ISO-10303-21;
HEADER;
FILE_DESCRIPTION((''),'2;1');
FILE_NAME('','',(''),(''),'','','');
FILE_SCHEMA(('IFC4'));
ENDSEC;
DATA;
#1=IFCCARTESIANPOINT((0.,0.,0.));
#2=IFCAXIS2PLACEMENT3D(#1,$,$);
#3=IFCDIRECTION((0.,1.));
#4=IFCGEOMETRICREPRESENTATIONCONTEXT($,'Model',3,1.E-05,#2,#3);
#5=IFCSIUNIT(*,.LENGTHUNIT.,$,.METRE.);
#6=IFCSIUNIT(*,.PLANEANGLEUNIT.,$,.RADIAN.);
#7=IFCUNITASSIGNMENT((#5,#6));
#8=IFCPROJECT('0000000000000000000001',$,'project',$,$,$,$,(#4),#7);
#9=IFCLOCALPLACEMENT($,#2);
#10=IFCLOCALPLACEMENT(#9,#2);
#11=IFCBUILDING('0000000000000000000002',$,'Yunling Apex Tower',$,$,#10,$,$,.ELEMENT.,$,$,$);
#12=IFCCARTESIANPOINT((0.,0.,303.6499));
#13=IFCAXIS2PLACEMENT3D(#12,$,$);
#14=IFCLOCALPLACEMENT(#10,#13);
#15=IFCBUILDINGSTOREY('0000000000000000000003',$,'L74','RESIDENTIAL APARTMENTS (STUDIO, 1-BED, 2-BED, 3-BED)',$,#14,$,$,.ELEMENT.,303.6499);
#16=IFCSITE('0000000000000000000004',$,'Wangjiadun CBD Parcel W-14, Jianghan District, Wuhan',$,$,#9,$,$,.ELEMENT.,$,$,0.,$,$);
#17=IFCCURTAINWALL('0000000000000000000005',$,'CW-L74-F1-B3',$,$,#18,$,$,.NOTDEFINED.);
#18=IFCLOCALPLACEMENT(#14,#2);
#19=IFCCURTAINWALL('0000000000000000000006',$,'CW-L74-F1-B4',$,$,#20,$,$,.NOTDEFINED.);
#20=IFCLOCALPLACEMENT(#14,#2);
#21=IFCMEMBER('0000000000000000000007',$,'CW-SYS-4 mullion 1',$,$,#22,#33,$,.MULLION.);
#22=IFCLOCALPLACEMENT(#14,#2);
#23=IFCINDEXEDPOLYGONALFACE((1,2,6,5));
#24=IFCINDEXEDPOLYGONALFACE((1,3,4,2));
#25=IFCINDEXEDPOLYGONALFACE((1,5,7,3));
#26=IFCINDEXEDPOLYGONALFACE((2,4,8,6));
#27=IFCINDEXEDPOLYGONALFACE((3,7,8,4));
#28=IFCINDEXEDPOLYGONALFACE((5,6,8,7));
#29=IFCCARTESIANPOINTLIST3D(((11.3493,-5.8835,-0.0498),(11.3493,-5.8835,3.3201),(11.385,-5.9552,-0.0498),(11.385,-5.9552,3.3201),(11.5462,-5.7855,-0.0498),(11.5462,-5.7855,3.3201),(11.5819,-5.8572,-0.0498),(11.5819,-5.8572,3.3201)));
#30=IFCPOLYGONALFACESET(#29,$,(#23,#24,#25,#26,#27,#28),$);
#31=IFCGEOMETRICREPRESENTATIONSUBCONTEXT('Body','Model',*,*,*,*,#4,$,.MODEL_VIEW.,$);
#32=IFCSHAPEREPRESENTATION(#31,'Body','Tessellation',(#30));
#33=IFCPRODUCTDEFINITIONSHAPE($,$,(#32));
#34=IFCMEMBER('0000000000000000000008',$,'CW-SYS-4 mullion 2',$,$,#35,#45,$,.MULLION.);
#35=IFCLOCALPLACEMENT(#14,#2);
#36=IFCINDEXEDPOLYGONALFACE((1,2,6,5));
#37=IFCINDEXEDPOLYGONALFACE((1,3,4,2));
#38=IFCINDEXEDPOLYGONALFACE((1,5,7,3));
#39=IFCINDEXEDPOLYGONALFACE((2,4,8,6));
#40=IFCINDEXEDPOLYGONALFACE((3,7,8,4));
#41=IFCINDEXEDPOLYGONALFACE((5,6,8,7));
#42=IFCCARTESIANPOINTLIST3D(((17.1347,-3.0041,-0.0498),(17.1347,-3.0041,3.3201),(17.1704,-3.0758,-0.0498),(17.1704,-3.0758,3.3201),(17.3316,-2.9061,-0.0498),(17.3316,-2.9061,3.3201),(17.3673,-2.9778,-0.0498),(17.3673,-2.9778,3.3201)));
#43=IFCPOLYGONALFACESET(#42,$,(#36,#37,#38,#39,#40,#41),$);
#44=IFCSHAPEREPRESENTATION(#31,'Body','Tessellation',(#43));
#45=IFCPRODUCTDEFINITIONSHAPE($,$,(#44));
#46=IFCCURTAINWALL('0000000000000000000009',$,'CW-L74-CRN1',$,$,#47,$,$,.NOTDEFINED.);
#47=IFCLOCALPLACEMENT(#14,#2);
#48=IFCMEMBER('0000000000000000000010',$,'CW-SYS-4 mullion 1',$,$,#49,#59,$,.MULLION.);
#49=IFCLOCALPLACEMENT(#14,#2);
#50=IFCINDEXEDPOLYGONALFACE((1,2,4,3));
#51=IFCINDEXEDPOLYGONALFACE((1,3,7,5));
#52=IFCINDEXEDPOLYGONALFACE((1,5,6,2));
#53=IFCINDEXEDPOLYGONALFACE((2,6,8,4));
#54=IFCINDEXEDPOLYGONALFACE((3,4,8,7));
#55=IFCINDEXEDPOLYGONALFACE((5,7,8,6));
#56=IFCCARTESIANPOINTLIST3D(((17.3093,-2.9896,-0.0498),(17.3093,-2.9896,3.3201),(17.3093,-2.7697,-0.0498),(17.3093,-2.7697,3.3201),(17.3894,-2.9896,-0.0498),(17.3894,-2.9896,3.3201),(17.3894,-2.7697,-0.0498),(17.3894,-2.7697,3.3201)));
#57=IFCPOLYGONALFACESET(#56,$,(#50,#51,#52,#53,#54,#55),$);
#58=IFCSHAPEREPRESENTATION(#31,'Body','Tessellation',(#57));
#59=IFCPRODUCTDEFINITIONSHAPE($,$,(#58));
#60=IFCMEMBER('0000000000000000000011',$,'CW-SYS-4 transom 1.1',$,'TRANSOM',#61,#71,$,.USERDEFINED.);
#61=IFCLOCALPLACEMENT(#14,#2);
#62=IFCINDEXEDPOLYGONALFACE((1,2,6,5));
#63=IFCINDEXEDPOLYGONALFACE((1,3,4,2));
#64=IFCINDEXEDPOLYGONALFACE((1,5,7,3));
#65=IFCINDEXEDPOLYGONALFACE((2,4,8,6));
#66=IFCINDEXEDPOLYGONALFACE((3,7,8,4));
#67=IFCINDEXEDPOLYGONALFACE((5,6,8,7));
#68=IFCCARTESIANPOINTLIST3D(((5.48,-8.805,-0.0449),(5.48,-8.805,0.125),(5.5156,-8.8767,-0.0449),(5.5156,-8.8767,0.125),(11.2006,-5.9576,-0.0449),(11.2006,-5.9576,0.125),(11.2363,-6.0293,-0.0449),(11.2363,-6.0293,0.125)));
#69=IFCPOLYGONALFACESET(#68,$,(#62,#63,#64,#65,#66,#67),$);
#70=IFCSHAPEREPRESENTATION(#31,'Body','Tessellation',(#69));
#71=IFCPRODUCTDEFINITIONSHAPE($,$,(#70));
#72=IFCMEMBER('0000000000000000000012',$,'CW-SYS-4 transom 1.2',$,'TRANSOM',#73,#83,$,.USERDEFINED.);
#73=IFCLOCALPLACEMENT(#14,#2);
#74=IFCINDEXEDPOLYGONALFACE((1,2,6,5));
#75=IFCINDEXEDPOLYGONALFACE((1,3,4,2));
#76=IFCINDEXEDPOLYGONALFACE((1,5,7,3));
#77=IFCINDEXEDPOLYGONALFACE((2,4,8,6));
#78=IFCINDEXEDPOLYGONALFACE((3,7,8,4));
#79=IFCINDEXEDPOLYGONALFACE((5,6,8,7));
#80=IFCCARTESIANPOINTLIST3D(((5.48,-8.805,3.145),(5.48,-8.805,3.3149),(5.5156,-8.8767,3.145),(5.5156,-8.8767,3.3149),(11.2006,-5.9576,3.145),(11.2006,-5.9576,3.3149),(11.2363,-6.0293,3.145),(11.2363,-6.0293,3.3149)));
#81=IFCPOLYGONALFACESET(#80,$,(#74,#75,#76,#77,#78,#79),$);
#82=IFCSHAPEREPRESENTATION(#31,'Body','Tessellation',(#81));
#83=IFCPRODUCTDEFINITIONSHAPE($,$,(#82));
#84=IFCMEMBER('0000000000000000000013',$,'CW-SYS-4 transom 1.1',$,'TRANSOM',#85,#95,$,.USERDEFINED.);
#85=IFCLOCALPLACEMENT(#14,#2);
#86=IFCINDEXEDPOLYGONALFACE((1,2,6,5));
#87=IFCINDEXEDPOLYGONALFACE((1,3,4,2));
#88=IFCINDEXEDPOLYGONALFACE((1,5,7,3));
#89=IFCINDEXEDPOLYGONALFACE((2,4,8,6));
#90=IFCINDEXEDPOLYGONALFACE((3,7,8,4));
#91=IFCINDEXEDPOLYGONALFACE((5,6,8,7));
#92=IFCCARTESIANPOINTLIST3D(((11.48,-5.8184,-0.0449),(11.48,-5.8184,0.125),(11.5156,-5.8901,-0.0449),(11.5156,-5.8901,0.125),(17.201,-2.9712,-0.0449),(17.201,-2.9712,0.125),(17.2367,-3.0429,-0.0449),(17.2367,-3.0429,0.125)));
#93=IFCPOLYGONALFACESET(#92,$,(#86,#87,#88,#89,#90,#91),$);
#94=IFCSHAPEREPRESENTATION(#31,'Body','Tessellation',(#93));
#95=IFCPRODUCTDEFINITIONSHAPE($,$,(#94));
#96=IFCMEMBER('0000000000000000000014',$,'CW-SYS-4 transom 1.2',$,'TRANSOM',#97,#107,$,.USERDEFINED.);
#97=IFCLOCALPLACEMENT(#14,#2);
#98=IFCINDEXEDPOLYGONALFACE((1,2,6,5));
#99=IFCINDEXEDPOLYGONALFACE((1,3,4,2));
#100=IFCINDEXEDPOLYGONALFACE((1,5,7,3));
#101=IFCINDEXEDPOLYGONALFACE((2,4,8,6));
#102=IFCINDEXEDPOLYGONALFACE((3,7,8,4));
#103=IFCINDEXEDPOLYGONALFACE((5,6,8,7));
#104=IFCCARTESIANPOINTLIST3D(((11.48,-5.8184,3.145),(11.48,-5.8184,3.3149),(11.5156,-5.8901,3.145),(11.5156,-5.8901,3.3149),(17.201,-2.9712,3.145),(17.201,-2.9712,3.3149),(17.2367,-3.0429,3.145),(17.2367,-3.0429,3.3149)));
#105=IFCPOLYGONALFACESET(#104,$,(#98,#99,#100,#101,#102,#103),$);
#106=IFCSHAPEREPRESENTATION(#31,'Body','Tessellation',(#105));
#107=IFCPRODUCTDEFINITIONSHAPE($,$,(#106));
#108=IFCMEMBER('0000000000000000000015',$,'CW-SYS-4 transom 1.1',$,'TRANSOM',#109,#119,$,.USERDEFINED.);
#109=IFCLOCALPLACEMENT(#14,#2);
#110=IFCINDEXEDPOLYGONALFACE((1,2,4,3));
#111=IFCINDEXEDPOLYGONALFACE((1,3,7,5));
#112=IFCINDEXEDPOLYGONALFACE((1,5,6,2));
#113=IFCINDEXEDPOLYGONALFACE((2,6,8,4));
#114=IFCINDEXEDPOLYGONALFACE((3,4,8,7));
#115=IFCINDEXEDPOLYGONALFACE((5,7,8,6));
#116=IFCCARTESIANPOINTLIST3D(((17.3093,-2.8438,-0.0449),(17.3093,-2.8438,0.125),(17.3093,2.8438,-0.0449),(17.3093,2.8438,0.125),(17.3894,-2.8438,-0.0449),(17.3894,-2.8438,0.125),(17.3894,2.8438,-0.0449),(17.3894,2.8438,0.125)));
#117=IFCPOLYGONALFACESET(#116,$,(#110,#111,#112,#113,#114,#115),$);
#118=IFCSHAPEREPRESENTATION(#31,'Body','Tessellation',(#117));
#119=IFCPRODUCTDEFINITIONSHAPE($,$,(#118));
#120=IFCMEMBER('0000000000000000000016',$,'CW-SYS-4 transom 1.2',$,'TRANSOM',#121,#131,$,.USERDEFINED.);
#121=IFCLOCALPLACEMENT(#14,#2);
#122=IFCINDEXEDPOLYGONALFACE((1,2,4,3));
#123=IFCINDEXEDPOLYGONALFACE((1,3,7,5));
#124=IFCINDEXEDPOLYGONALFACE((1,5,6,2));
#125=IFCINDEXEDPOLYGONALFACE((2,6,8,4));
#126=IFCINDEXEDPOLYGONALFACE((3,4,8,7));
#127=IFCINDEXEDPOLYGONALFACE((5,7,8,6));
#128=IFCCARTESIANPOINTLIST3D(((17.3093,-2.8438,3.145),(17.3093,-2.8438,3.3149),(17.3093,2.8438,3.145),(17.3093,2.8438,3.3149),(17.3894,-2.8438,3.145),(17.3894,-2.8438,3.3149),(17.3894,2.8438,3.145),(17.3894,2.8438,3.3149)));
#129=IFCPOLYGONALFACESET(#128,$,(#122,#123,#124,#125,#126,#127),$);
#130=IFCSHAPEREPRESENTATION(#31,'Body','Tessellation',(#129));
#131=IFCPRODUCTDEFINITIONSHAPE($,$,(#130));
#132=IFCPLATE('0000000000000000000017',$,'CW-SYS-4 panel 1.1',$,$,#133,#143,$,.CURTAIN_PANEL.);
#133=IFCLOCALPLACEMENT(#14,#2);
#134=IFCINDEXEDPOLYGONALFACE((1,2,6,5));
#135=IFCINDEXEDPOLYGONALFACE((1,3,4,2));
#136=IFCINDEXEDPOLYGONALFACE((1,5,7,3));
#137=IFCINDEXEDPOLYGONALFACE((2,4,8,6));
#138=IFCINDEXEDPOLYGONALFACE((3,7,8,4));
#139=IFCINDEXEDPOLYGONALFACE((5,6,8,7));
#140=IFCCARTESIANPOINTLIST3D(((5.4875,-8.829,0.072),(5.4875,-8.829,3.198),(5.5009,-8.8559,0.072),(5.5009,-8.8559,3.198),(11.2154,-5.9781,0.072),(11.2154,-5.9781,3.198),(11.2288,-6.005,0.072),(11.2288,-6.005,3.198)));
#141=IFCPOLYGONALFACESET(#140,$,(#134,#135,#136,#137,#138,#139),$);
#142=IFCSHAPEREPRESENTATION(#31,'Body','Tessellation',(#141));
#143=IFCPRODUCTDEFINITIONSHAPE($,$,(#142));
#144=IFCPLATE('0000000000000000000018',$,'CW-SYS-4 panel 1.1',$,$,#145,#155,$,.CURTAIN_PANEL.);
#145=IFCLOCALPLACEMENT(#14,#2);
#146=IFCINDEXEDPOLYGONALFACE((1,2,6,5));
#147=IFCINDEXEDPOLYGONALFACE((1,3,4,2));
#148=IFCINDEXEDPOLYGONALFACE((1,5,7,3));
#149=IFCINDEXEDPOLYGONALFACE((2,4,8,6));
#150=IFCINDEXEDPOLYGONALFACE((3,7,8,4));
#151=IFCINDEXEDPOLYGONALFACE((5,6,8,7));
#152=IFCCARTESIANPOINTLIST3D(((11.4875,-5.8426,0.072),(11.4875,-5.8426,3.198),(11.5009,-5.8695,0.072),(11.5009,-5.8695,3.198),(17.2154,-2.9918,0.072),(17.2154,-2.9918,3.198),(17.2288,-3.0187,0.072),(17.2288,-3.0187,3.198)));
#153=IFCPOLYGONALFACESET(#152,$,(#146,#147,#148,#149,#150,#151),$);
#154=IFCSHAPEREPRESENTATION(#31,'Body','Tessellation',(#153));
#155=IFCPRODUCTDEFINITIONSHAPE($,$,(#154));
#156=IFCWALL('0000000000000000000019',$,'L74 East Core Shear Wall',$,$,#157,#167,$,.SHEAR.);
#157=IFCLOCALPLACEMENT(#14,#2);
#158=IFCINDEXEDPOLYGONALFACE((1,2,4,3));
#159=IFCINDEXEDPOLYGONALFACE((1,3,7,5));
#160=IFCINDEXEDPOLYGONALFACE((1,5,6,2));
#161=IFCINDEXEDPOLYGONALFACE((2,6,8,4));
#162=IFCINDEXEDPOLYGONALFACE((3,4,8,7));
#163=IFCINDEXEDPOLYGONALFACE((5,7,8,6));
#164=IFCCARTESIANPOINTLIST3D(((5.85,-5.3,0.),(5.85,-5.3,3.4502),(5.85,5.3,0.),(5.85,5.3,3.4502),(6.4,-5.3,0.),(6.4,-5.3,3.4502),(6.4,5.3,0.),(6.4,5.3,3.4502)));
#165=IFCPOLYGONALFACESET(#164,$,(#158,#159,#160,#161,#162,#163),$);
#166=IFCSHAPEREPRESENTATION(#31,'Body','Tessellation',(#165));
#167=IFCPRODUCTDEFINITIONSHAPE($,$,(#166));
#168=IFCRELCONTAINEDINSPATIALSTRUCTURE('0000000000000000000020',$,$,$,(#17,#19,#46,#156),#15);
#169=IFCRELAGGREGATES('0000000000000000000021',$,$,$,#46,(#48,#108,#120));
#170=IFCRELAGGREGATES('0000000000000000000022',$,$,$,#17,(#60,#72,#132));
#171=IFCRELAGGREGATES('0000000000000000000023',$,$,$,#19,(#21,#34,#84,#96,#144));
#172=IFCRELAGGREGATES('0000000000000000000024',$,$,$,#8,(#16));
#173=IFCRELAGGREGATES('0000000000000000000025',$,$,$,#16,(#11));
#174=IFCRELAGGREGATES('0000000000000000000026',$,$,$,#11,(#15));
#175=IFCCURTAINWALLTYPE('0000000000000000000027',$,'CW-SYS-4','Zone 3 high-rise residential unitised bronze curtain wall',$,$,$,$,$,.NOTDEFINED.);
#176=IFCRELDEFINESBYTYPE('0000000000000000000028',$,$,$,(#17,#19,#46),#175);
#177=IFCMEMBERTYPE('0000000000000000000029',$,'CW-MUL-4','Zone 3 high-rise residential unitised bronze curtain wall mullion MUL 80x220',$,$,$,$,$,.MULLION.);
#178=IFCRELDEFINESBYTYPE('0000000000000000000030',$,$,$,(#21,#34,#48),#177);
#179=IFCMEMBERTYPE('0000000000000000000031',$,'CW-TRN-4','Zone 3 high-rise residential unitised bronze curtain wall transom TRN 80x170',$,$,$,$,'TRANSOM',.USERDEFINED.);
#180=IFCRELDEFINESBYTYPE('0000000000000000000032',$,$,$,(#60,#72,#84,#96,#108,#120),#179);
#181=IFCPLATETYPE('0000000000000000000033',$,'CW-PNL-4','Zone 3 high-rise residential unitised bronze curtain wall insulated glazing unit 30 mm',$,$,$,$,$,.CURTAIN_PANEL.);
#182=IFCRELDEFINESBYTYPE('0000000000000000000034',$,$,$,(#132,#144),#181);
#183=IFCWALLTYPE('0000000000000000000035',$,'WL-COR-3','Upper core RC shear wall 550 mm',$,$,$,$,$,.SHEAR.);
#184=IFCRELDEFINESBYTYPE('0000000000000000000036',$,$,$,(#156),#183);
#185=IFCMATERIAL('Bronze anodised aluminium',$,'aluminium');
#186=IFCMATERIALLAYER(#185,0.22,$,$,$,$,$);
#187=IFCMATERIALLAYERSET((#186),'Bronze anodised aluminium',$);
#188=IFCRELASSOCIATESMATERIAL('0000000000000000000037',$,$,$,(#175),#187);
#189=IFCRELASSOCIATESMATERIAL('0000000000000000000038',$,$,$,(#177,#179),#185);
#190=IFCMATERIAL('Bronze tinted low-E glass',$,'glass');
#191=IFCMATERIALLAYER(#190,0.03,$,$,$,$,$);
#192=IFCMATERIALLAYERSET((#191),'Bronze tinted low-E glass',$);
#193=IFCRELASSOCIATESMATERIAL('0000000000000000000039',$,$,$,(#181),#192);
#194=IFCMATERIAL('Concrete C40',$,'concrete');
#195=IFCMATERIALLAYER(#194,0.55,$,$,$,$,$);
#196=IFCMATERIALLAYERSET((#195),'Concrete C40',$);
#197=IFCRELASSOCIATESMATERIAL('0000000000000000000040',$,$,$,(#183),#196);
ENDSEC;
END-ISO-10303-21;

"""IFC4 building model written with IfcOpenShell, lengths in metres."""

from ifc_helpers import new_model, si_unit, direction, frame, frame_2d, origin, origin_2d, place, context, subcontext, project, spatial, rectangle, extrude, source, transform, mapped, material, layer, layer_set, material_profile, profile_set, type_object, element, aggregate, save


model = new_model("IFC4")

# Units and contexts
model_context = context("Model", 3, precision=1e-05, world=origin(), true_north=direction((0.0, 1.0)))
body_context = subcontext(model_context, "Body", "Model", "MODEL_VIEW")
ifc_project = project(units=[si_unit("LENGTHUNIT", "METRE"), si_unit("PLANEANGLEUNIT", "RADIAN")], contexts=[model_context])

# Site, building, storey
site_placement = place(None, origin())
site = spatial("IfcSite", under=ifc_project, at=site_placement, Name="Wangjiadun CBD Parcel W-14, Jianghan District, Wuhan", CompositionType="ELEMENT", RefElevation=0.0)
building_placement = place(site_placement, origin())
building = spatial("IfcBuilding", under=site, at=building_placement, Name="Yunling Apex Tower", CompositionType="ELEMENT")
storey_placement = place(building_placement, frame((0.0, 0.0, 303.6499)))
storey = spatial("IfcBuildingStorey", under=building, at=storey_placement, Name="L74", Description="RESIDENTIAL APARTMENTS (STUDIO, 1-BED, 2-BED, 3-BED)", CompositionType="ELEMENT", Elevation=303.6499)

# Shared definitions
ifc_material_1 = material(Name="Bronze anodised aluminium", Category="aluminium")
ifc_layer_1 = layer(ifc_material_1, 0.22)
ifc_layer_set_1 = layer_set([ifc_layer_1], Name="Bronze anodised aluminium")
curtain_wall_type = type_object("IfcCurtainWallType", Name="CW-SYS-4", Description="Zone 3 high-rise residential unitised bronze curtain wall", PredefinedType="NOTDEFINED", material=ifc_layer_set_1)
ifc_material_profile_1 = material_profile(ifc_material_1, rectangle(XDim=0.0801, YDim=0.22, at=origin_2d()))
ifc_profile_set_1 = profile_set([ifc_material_profile_1], Name="Bronze anodised aluminium")
member_type_1 = type_object("IfcMemberType", Name="CW-MUL-4", Description="Zone 3 high-rise residential unitised bronze curtain wall mullion MUL 80x220", PredefinedType="MULLION", material=ifc_profile_set_1)
shared_shape_1 = source(origin(), body_context, "Body", "SweptSolid", [
    extrude(rectangle(XDim=0.0801, YDim=0.22, at=origin_2d()), origin(), (0.0, 0.0, 1.0), 3.3699),
])

# Curtain walls, members
curtain_wall_1_placement = place(storey_placement, origin())
curtain_wall_1 = element("IfcCurtainWall", 1, at=curtain_wall_1_placement, inside=storey, type_object=curtain_wall_type, Name="CW-L74-F1-B3", PredefinedType="NOTDEFINED")
curtain_wall_2_placement = place(storey_placement, origin())
curtain_wall_2 = element("IfcCurtainWall", 2, at=curtain_wall_2_placement, inside=storey, type_object=curtain_wall_type, Name="CW-L74-F1-B4", PredefinedType="NOTDEFINED")
member_1_placement = place(storey_placement, frame((11.4656, -5.8704, -0.0498), z_axis=(0.0, 0.0, 1.0), x_axis=(-0.445568, 0.895248, 0.0)))
member_1 = element("IfcMember", 3, at=member_1_placement, type_object=member_type_1, Name="CW-SYS-4 mullion 1", PredefinedType="MULLION", context=body_context, shape_type="MappedRepresentation", body=[
    mapped(shared_shape_1, transform((0.0, 0.0, 0.0), scale=1.0)),
])
member_2_placement = place(storey_placement, frame((17.251, -2.991, -0.0498), z_axis=(0.0, 0.0, 1.0), x_axis=(-0.445568, 0.895248, 0.0)))
member_2 = element("IfcMember", 4, at=member_2_placement, type_object=member_type_1, Name="CW-SYS-4 mullion 2", PredefinedType="MULLION", context=body_context, shape_type="MappedRepresentation", body=[
    mapped(shared_shape_1, transform((0.0, 0.0, 0.0), scale=1.0)),
])

# Curtain wall, member
curtain_wall_3_placement = place(storey_placement, origin())
curtain_wall_3 = element("IfcCurtainWall", 5, at=curtain_wall_3_placement, inside=storey, type_object=curtain_wall_type, Name="CW-L74-CRN1", PredefinedType="NOTDEFINED")
member_3_placement = place(storey_placement, frame((17.3494, -2.8796, -0.0498), z_axis=(0.0, 0.0, 1.0), x_axis=(-1.0, 0.0, 0.0)))
member_3 = element("IfcMember", 6, at=member_3_placement, type_object=member_type_1, Name="CW-SYS-4 mullion 1", PredefinedType="MULLION", context=body_context, shape_type="MappedRepresentation", body=[
    mapped(shared_shape_1, transform((0.0, 0.0, 0.0), scale=1.0)),
])

# Members
ifc_material_profile_2 = material_profile(ifc_material_1, rectangle(XDim=0.0801, YDim=0.1699, at=origin_2d()))
ifc_profile_set_2 = profile_set([ifc_material_profile_2], Name="Bronze anodised aluminium")
member_type_2 = type_object("IfcMemberType", Name="CW-TRN-4", Description="Zone 3 high-rise residential unitised bronze curtain wall transom TRN 80x170", ElementType="TRANSOM", PredefinedType="USERDEFINED", material=ifc_profile_set_2)
shared_shape_2 = source(origin(), body_context, "Body", "SweptSolid", [
    extrude(rectangle(XDim=0.0801, YDim=0.1699, at=origin_2d()), origin(), (0.0, 0.0, 1.0), 6.3901),
])
member_4_placement = place(storey_placement, frame((5.4978, -8.8408, 0.04), z_axis=(0.895236, 0.445593, 0.0), x_axis=(-0.445593, 0.895236, 0.0)))
member_4 = element("IfcMember", 7, at=member_4_placement, type_object=member_type_2, Name="CW-SYS-4 transom 1.1", ObjectType="TRANSOM", PredefinedType="USERDEFINED", context=body_context, shape_type="MappedRepresentation", body=[
    mapped(shared_shape_2, transform((0.0, 0.0, 0.0), scale=1.0)),
])
member_5_placement = place(storey_placement, frame((5.4978, -8.8408, 3.23), z_axis=(0.895236, 0.445593, 0.0), x_axis=(-0.445593, 0.895236, 0.0)))
member_5 = element("IfcMember", 8, at=member_5_placement, type_object=member_type_2, Name="CW-SYS-4 transom 1.2", ObjectType="TRANSOM", PredefinedType="USERDEFINED", context=body_context, shape_type="MappedRepresentation", body=[
    mapped(shared_shape_2, transform((0.0, 0.0, 0.0), scale=1.0)),
])
shared_shape_3 = source(origin(), body_context, "Body", "SweptSolid", [
    extrude(rectangle(XDim=0.0801, YDim=0.1699, at=origin_2d()), origin(), (0.0, 0.0, 1.0), 6.3904),
])
member_6_placement = place(storey_placement, frame((11.4978, -5.8542, 0.04), z_axis=(0.895259, 0.445547, 0.0), x_axis=(-0.445547, 0.895259, 0.0)))
member_6 = element("IfcMember", 9, at=member_6_placement, type_object=member_type_2, Name="CW-SYS-4 transom 1.1", ObjectType="TRANSOM", PredefinedType="USERDEFINED", context=body_context, shape_type="MappedRepresentation", body=[
    mapped(shared_shape_3, transform((0.0, 0.0, 0.0), scale=1.0)),
])
member_7_placement = place(storey_placement, frame((11.4978, -5.8542, 3.23), z_axis=(0.895259, 0.445547, 0.0), x_axis=(-0.445547, 0.895259, 0.0)))
member_7 = element("IfcMember", 10, at=member_7_placement, type_object=member_type_2, Name="CW-SYS-4 transom 1.2", ObjectType="TRANSOM", PredefinedType="USERDEFINED", context=body_context, shape_type="MappedRepresentation", body=[
    mapped(shared_shape_3, transform((0.0, 0.0, 0.0), scale=1.0)),
])
shared_shape_4 = source(origin(), body_context, "Body", "SweptSolid", [
    extrude(rectangle(XDim=0.0801, YDim=0.1699, at=origin_2d()), origin(), (0.0, 0.0, 1.0), 5.6875),
])
member_8_placement = place(storey_placement, frame((17.3494, -2.8438, 0.04), z_axis=(0.0, 1.0, 0.0), x_axis=(-1.0, 0.0, 0.0)))
member_8 = element("IfcMember", 11, at=member_8_placement, type_object=member_type_2, Name="CW-SYS-4 transom 1.1", ObjectType="TRANSOM", PredefinedType="USERDEFINED", context=body_context, shape_type="MappedRepresentation", body=[
    mapped(shared_shape_4, transform((0.0, 0.0, 0.0), scale=1.0)),
])
member_9_placement = place(storey_placement, frame((17.3494, -2.8438, 3.23), z_axis=(0.0, 1.0, 0.0), x_axis=(-1.0, 0.0, 0.0)))
member_9 = element("IfcMember", 12, at=member_9_placement, type_object=member_type_2, Name="CW-SYS-4 transom 1.2", ObjectType="TRANSOM", PredefinedType="USERDEFINED", context=body_context, shape_type="MappedRepresentation", body=[
    mapped(shared_shape_4, transform((0.0, 0.0, 0.0), scale=1.0)),
])
aggregate(curtain_wall_3, [member_3, member_8, member_9])

# Plates
ifc_material_2 = material(Name="Bronze tinted low-E glass", Category="glass")
ifc_layer_2 = layer(ifc_material_2, 0.03)
ifc_layer_set_2 = layer_set([ifc_layer_2], Name="Bronze tinted low-E glass")
plate_type = type_object("IfcPlateType", Name="CW-PNL-4", Description="Zone 3 high-rise residential unitised bronze curtain wall insulated glazing unit 30 mm", PredefinedType="CURTAIN_PANEL", material=ifc_layer_set_2)
shared_shape_5 = source(origin(), body_context, "Body", "SweptSolid", [
    extrude(rectangle(XDim=6.3982, YDim=0.03, at=origin_2d()), origin(), (0.0, 0.0, 1.0), 3.126),
])
plate_1_placement = place(storey_placement, frame((8.3582, -7.417, 0.072), z_axis=(0.0, 0.0, 1.0), x_axis=(0.895242, 0.44558, 0.0)))
plate_1 = element("IfcPlate", 13, at=plate_1_placement, type_object=plate_type, Name="CW-SYS-4 panel 1.1", PredefinedType="CURTAIN_PANEL", context=body_context, shape_type="MappedRepresentation", body=[
    mapped(shared_shape_5, transform((0.0, 0.0, 0.0), scale=1.0)),
])
aggregate(curtain_wall_1, [member_4, member_5, plate_1])
plate_2_placement = place(storey_placement, frame((14.3582, -4.4307, 0.072), z_axis=(0.0, 0.0, 1.0), x_axis=(0.895248, 0.445568, 0.0)))
plate_2 = element("IfcPlate", 14, at=plate_2_placement, type_object=plate_type, Name="CW-SYS-4 panel 1.1", PredefinedType="CURTAIN_PANEL", context=body_context, shape_type="MappedRepresentation", body=[
    mapped(shared_shape_5, transform((0.0, 0.0, 0.0), scale=1.0)),
])
aggregate(curtain_wall_2, [member_1, member_2, member_6, member_7, plate_2])

# Wall
ifc_material_3 = material(Name="Concrete C40", Category="concrete")
ifc_layer_3 = layer(ifc_material_3, 0.55)
ifc_layer_set_3 = layer_set([ifc_layer_3], Name="Concrete C40")
wall_type_1 = type_object("IfcWallType", Name="WL-COR-3", Description="Upper core RC shear wall 550 mm", PredefinedType="SHEAR", material=ifc_layer_set_3)
wall_1_placement = place(storey_placement, frame((6.125, -5.3, 0.0), z_axis=(0.0, 0.0, 1.0), x_axis=(0.0, 1.0, 0.0)))
element("IfcWall", 15, at=wall_1_placement, inside=storey, type_object=wall_type_1, Name="L74 East Core Shear Wall", PredefinedType="SHEAR", context=body_context, shape_type="SweptSolid", body=[
    extrude(rectangle(XDim=10.6001, YDim=0.55, at=frame_2d((5.3, 0.0))), origin(), (0.0, 0.0, 1.0), 3.4502),
])

save(model, "model.ifc")
